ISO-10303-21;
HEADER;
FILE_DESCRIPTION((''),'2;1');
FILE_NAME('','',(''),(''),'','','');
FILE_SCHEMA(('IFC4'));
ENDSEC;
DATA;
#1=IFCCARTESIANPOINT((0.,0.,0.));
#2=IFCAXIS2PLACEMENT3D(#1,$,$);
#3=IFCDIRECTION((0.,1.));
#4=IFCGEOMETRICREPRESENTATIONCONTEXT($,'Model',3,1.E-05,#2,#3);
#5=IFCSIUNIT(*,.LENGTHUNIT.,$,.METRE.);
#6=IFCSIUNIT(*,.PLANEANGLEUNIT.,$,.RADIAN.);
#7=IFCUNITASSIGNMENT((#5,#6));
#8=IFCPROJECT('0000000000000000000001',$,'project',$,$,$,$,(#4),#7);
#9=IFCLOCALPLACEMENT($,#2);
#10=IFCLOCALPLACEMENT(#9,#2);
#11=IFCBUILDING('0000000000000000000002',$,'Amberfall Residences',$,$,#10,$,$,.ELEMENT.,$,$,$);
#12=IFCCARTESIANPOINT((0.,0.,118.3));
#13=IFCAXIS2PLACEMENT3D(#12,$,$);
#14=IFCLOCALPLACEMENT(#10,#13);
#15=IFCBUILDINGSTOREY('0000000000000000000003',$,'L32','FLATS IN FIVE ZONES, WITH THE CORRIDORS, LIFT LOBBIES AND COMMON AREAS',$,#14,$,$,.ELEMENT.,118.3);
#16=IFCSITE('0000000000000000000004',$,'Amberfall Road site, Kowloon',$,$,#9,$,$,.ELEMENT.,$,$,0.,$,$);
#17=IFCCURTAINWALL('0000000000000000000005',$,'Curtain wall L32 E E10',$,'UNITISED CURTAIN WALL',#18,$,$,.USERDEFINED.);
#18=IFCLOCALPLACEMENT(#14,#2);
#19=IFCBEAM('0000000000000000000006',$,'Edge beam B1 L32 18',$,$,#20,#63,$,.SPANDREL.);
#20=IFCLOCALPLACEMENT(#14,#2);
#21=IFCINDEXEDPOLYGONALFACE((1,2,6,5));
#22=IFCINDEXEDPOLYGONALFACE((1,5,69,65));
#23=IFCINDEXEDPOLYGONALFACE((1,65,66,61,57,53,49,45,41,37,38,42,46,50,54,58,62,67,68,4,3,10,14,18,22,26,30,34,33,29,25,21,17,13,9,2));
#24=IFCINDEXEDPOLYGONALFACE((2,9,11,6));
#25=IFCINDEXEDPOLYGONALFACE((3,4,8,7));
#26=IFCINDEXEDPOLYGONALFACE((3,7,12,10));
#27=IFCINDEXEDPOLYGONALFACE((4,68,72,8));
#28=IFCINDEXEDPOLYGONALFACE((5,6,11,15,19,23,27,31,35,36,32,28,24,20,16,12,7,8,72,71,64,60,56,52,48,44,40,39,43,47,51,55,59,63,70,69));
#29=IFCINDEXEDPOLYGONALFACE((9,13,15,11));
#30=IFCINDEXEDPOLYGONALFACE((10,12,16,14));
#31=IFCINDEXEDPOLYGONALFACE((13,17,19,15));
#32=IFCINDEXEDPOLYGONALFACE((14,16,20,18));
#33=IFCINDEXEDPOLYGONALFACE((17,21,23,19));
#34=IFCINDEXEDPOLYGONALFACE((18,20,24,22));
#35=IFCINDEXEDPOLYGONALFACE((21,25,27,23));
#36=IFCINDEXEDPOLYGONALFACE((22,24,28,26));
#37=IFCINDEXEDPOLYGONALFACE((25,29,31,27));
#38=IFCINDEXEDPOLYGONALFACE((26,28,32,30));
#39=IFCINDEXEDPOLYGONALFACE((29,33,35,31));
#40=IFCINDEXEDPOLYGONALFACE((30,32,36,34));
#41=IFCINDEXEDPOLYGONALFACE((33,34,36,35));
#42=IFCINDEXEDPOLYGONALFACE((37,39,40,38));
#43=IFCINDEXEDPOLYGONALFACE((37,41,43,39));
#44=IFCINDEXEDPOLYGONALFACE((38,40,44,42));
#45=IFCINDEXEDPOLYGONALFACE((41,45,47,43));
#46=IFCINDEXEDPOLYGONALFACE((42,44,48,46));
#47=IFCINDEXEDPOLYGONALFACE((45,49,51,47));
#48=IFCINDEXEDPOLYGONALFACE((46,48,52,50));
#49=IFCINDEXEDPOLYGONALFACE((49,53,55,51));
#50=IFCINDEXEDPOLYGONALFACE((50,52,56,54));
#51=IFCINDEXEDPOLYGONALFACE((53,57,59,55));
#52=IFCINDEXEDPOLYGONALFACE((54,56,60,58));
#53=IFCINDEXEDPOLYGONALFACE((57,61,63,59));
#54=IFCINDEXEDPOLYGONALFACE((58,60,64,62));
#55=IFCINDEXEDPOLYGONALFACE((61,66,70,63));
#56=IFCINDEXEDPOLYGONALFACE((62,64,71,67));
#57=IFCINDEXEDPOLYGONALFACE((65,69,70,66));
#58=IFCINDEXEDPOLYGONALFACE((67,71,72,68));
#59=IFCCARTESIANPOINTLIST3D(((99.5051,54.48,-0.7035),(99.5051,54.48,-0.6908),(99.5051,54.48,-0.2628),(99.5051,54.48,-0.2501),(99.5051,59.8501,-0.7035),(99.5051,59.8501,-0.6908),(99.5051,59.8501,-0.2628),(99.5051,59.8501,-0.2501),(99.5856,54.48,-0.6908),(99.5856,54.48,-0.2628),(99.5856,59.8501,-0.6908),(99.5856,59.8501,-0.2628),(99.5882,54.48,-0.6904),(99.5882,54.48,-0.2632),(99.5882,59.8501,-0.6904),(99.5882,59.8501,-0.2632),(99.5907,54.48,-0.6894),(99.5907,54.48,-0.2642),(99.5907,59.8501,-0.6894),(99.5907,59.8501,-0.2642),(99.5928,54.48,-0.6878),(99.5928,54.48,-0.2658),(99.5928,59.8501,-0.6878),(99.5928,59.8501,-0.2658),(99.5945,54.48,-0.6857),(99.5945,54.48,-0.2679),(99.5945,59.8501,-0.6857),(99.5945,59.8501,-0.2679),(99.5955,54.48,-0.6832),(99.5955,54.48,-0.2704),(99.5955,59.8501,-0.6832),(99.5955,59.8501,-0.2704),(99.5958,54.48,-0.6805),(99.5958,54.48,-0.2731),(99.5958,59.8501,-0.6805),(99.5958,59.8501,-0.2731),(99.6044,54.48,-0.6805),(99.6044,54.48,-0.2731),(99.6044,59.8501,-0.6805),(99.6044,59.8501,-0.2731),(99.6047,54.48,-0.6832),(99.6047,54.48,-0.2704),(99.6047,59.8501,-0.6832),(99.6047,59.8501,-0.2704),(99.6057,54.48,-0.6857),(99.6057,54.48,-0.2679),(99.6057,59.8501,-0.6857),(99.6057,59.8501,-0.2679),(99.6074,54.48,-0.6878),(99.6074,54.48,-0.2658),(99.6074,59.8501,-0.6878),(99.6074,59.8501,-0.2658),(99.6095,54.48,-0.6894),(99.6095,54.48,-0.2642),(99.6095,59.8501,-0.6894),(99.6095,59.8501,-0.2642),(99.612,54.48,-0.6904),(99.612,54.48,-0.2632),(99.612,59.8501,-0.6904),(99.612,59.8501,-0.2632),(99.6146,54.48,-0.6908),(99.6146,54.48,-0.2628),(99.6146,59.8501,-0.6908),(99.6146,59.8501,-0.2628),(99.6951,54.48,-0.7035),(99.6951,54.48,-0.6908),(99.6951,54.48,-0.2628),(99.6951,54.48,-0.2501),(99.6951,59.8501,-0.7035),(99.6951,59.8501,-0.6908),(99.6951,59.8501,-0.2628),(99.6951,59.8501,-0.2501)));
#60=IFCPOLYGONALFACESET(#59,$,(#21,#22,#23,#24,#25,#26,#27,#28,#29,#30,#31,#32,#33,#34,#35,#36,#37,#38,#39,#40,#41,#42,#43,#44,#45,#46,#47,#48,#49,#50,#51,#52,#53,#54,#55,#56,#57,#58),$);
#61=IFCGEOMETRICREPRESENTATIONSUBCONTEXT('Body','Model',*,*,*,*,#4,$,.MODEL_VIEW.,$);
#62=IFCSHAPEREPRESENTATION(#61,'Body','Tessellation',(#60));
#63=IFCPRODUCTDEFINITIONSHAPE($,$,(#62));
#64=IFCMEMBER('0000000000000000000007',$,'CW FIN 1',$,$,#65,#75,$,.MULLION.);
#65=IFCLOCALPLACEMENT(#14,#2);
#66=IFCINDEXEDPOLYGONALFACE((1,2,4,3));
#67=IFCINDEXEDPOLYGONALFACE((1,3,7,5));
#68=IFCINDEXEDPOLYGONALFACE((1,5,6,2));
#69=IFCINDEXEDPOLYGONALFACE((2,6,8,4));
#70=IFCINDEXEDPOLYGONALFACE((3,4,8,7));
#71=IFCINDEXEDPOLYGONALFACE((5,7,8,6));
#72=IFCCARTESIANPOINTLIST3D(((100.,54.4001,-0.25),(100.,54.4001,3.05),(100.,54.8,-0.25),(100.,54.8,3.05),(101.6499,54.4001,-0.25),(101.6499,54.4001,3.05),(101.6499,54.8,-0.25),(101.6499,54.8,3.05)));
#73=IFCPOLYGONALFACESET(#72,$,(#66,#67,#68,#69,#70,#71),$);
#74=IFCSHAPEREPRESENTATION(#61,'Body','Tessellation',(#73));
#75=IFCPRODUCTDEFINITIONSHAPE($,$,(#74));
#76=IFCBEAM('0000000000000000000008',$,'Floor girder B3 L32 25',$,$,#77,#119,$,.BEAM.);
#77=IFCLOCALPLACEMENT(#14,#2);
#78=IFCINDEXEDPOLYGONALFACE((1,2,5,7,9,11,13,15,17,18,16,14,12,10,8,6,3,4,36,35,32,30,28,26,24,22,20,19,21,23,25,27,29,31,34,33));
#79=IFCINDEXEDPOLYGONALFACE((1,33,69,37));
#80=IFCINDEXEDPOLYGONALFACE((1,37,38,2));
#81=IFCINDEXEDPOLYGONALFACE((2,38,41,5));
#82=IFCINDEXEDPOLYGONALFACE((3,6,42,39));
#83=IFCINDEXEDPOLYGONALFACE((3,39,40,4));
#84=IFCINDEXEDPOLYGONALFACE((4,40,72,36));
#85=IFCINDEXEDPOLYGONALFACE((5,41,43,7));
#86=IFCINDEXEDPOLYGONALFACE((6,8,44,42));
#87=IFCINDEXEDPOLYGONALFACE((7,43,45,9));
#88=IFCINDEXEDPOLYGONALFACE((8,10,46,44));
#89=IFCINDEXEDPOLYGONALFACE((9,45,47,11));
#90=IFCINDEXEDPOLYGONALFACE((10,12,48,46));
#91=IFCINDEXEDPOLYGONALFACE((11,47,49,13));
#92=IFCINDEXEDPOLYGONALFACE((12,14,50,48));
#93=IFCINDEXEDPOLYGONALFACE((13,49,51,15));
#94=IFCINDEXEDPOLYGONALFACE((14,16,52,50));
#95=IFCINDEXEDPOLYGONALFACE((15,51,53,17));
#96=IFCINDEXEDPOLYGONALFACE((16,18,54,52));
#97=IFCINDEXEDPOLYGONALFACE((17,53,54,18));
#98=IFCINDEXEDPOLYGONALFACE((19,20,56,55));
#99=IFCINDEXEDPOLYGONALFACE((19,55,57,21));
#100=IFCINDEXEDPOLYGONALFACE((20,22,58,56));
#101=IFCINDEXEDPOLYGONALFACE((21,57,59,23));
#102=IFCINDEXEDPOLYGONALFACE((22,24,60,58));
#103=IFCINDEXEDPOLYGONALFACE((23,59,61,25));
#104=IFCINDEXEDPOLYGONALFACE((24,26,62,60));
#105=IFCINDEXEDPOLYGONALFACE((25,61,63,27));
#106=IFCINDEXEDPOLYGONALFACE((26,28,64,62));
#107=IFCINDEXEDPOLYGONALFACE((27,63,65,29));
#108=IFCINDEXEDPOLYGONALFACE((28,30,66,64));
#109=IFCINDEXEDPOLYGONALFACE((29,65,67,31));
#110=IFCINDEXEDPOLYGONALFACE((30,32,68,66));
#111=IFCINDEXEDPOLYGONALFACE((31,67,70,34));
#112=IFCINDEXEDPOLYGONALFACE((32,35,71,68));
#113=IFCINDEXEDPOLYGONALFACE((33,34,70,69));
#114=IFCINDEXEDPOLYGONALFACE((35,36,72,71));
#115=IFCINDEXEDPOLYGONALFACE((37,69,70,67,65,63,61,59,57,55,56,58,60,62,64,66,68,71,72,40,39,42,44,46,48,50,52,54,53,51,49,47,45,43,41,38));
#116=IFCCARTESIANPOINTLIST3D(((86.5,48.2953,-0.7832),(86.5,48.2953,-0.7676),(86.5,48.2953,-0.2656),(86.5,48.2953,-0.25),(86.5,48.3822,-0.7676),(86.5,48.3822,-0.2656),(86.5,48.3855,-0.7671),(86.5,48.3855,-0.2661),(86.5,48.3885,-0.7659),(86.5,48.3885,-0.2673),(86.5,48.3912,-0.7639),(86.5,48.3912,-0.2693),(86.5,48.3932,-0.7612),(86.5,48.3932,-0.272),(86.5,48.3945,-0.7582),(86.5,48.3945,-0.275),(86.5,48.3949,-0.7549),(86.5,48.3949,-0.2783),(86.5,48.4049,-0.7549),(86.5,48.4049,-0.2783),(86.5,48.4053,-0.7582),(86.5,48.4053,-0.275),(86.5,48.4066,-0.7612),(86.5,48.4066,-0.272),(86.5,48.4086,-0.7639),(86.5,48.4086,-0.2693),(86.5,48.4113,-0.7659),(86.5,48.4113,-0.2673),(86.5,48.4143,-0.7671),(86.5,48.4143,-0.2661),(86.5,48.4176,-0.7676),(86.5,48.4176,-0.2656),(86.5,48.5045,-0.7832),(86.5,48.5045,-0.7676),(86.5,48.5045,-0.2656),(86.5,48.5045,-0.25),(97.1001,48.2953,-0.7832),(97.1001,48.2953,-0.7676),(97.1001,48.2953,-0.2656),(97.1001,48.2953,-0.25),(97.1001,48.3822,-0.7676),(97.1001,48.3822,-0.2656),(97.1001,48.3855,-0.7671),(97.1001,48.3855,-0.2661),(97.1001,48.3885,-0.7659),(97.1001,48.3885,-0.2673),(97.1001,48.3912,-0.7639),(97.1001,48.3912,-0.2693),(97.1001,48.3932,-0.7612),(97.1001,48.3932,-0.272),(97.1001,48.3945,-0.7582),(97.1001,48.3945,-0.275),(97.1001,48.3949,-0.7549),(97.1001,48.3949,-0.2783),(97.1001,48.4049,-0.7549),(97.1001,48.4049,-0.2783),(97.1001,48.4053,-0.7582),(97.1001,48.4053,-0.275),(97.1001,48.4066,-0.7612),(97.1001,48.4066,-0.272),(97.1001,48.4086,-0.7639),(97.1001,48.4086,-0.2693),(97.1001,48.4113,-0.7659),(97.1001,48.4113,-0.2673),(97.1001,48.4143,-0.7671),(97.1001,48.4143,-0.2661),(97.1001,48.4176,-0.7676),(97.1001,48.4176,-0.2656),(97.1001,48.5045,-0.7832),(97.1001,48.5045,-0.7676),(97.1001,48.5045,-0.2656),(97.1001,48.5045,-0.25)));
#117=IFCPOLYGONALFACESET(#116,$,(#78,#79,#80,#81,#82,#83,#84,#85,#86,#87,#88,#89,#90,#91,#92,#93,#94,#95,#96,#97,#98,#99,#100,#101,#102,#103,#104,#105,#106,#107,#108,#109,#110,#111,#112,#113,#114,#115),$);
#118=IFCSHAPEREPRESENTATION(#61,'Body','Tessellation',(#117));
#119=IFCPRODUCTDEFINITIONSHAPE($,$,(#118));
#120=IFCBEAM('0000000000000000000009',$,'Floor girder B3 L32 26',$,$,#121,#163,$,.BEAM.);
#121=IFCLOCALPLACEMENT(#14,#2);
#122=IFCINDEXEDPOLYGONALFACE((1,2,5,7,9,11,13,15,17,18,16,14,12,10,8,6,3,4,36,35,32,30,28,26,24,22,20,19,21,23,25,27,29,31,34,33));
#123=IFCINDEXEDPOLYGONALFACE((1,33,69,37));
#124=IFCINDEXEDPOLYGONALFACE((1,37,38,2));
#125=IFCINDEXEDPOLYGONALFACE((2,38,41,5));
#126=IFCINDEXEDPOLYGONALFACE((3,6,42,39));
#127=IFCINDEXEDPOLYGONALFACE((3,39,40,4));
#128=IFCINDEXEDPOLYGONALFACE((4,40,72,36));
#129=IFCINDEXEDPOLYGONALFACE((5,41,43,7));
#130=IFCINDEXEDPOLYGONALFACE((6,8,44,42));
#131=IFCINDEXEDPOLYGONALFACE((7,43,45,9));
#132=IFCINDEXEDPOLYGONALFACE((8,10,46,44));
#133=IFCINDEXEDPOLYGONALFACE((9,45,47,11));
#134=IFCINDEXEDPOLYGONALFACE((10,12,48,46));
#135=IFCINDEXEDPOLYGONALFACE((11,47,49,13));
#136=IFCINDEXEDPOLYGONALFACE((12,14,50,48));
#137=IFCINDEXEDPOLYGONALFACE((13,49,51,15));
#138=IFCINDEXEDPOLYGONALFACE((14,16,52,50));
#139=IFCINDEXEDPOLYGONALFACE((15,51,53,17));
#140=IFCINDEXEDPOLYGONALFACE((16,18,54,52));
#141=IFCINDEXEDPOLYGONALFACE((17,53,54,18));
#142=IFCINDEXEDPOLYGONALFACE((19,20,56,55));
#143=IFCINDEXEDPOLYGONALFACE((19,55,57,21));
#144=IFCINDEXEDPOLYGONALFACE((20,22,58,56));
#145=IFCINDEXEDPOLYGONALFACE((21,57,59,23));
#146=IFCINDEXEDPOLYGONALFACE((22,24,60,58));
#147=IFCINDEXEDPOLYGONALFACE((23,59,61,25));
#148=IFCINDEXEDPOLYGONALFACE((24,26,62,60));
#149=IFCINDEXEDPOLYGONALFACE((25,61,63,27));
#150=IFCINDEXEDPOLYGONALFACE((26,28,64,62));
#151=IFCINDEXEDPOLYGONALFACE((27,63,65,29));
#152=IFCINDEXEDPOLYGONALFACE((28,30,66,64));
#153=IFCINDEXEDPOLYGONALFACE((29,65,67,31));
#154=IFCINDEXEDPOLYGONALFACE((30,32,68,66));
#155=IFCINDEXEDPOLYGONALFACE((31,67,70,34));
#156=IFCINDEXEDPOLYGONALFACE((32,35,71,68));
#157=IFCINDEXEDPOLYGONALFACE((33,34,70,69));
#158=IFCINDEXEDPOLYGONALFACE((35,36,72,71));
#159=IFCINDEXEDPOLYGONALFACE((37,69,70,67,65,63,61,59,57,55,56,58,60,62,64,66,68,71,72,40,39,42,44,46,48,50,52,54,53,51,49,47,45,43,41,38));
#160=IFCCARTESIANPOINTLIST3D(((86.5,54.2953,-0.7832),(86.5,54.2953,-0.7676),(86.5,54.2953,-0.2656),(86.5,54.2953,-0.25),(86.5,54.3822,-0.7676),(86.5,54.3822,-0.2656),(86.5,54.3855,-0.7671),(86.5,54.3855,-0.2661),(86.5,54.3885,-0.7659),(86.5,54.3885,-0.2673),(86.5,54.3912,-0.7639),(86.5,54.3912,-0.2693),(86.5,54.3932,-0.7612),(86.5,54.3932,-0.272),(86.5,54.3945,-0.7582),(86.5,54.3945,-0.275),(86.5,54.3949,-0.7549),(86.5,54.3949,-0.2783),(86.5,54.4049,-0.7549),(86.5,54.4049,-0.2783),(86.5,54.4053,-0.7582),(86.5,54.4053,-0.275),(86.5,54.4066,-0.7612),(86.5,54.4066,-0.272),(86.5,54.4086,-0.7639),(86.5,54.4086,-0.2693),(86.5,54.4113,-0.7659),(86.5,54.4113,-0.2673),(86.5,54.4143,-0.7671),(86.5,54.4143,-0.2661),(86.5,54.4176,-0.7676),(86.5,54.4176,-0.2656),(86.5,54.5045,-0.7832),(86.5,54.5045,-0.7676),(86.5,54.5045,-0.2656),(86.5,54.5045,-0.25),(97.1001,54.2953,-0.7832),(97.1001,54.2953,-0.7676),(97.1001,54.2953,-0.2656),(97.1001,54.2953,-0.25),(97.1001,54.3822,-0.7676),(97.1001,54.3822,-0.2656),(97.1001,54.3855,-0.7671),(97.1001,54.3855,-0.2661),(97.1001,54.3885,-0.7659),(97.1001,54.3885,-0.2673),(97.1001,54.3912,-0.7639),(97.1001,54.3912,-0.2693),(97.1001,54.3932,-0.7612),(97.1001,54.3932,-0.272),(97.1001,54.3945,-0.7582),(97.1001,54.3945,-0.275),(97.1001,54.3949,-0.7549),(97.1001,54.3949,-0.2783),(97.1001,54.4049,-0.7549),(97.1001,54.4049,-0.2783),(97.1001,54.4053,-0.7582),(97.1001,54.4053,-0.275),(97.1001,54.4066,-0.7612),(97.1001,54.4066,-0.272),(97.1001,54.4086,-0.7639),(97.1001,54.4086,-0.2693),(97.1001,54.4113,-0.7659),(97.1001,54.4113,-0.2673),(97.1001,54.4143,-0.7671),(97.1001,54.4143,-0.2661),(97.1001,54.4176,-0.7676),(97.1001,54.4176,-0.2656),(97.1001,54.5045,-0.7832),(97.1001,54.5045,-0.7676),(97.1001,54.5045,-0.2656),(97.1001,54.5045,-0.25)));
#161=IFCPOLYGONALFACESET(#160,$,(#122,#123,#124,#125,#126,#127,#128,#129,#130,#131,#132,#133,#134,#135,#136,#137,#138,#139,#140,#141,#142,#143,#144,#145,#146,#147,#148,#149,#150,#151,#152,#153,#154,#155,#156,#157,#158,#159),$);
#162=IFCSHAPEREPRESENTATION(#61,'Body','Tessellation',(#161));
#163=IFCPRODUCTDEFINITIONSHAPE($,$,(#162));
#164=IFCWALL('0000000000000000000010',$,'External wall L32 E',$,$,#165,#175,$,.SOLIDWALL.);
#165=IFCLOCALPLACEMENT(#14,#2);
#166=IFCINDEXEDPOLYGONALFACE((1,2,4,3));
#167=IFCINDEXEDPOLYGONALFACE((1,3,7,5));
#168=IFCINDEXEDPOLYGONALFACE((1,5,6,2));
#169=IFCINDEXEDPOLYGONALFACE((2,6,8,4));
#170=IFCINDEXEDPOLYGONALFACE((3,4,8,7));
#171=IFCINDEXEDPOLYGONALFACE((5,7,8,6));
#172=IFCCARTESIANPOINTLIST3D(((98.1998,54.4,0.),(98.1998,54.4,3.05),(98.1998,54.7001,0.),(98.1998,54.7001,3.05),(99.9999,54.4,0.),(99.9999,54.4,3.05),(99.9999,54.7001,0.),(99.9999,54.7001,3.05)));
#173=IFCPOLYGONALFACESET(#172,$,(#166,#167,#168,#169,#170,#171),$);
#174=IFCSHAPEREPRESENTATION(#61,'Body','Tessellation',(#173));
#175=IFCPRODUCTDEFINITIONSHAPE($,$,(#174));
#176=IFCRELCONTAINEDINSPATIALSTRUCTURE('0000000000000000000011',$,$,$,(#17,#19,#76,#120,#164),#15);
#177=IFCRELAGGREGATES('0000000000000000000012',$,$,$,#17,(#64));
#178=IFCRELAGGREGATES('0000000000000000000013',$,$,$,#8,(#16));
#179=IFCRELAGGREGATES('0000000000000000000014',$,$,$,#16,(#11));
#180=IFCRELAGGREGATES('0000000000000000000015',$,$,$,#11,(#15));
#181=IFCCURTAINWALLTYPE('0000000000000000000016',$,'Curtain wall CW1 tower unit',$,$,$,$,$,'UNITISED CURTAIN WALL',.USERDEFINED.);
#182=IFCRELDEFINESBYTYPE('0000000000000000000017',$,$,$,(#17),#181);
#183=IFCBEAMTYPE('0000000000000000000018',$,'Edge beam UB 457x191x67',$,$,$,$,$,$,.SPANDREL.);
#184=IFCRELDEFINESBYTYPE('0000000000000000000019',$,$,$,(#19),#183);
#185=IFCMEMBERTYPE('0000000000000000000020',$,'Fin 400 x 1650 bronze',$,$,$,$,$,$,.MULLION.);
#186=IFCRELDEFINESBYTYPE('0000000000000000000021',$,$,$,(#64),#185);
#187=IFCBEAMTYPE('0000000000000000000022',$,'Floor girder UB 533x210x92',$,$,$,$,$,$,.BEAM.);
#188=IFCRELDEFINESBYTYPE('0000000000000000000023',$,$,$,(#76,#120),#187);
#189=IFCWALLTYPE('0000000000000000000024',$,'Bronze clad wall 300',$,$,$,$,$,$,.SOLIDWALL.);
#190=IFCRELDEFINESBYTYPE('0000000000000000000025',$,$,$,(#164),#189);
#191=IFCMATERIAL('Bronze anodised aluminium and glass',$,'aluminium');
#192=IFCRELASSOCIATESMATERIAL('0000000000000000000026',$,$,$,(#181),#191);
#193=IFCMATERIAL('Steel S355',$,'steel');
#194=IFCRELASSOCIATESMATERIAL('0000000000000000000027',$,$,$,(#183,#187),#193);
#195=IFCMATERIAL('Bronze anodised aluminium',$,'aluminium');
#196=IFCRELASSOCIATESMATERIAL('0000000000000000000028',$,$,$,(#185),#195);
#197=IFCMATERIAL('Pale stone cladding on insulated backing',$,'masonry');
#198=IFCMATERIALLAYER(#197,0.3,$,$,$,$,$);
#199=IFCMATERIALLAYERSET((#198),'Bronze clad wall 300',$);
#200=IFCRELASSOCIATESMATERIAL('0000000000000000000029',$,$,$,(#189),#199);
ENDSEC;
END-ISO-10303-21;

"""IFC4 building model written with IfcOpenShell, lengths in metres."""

from ifc_helpers import new_model, si_unit, direction, frame, frame_2d, origin, origin_2d, place, context, subcontext, project, spatial, rectangle, i_section, extrude, material, layer, layer_set, material_profile, profile_set, type_object, element, aggregate, save


model = new_model("IFC4")

# Units and contexts
model_context = context("Model", 3, precision=1e-05, world=origin(), true_north=direction((0.0, 1.0)))
body_context = subcontext(model_context, "Body", "Model", "MODEL_VIEW")
ifc_project = project(units=[si_unit("LENGTHUNIT", "METRE"), si_unit("PLANEANGLEUNIT", "RADIAN")], contexts=[model_context])

# Site, building, storey
site_placement = place(None, origin())
site = spatial("IfcSite", under=ifc_project, at=site_placement, Name="Amberfall Road site, Kowloon", CompositionType="ELEMENT", RefElevation=0.0)
building_placement = place(site_placement, origin())
building = spatial("IfcBuilding", under=site, at=building_placement, Name="Amberfall Residences", CompositionType="ELEMENT")
storey_placement = place(building_placement, frame((0.0, 0.0, 118.3)))
storey = spatial("IfcBuildingStorey", under=building, at=storey_placement, Name="L32", Description="FLATS IN FIVE ZONES, WITH THE CORRIDORS, LIFT LOBBIES AND COMMON AREAS", CompositionType="ELEMENT", Elevation=118.3)

# Curtain wall
ifc_material_1 = material(Name="Bronze anodised aluminium and glass", Category="aluminium")
curtain_wall_type = type_object("IfcCurtainWallType", Name="Curtain wall CW1 tower unit", ElementType="UNITISED CURTAIN WALL", PredefinedType="USERDEFINED", material=ifc_material_1)
curtain_wall_placement = place(storey_placement, origin())
curtain_wall = element("IfcCurtainWall", 1, at=curtain_wall_placement, inside=storey, type_object=curtain_wall_type, Name="Curtain wall L32 E E10", ObjectType="UNITISED CURTAIN WALL", PredefinedType="USERDEFINED")
ifc_material_2 = material(Name="Bronze anodised aluminium", Category="aluminium")

# Beam
ifc_material_3 = material(Name="Steel S355", Category="steel")
ifc_material_profile_1 = material_profile(ifc_material_3, i_section(OverallWidth=0.1899, OverallDepth=0.4534, WebThickness=0.0085, FlangeThickness=0.0127, FilletRadius=0.0103, at=origin_2d()), Name="UB 457x191x67")
ifc_profile_set_1 = profile_set([ifc_material_profile_1], Name="Steel S355")
beam_type_1 = type_object("IfcBeamType", Name="Edge beam UB 457x191x67", PredefinedType="SPANDREL", material=ifc_profile_set_1)
beam_1_placement = place(storey_placement, frame((99.6001, 54.48, -0.4768), z_axis=(0.0, 1.0, 0.0), x_axis=(-1.0, 0.0, 0.0)))
element("IfcBeam", 2, at=beam_1_placement, inside=storey, type_object=beam_type_1, Name="Edge beam B1 L32 18", PredefinedType="SPANDREL", context=body_context, shape_type="SweptSolid", body=[
    extrude(i_section(OverallWidth=0.1899, OverallDepth=0.4534, WebThickness=0.0085, FlangeThickness=0.0127, FilletRadius=0.0103, at=origin_2d()), origin(), (0.0, 0.0, 1.0), 5.3701),
])

# Member
ifc_material_profile_2 = material_profile(ifc_material_2, rectangle(XDim=1.6499, YDim=0.3999, at=origin_2d()), Name="Fin 400 x 1650 bronze")
ifc_profile_set_2 = profile_set([ifc_material_profile_2], Name="Bronze anodised aluminium")
member_type_1 = type_object("IfcMemberType", Name="Fin 400 x 1650 bronze", PredefinedType="MULLION", material=ifc_profile_set_2)
member_1_placement = place(storey_placement, frame((100.825, 54.6001, -0.25), z_axis=(0.0, 0.0, 1.0), x_axis=(-1.0, 0.0, 0.0)))
member_1 = element("IfcMember", 3, at=member_1_placement, type_object=member_type_1, Name="CW FIN 1", PredefinedType="MULLION", context=body_context, shape_type="SweptSolid", body=[
    extrude(rectangle(XDim=1.6499, YDim=0.3999, at=origin_2d()), origin(), (0.0, 0.0, 1.0), 3.3),
])
aggregate(curtain_wall, [member_1])

# Beams
ifc_material_profile_3 = material_profile(ifc_material_3, i_section(OverallWidth=0.2092, OverallDepth=0.5332, WebThickness=0.01, FlangeThickness=0.0156, FilletRadius=0.0127, at=origin_2d()), Name="UB 533x210x92")
ifc_profile_set_3 = profile_set([ifc_material_profile_3], Name="Steel S355")
beam_type_2 = type_object("IfcBeamType", Name="Floor girder UB 533x210x92", PredefinedType="BEAM", material=ifc_profile_set_3)
for number, where, z_axis, x_axis, name in (
    (4, (97.1001, 48.3999, -0.5166), (-1.0, 0.0, 0.0), (0.0, -1.0, 0.0), "Floor girder B3 L32 25"),
    (5, (97.1001, 54.3999, -0.5166), (-1.0, 0.0, 0.0), (0.0, -1.0, 0.0), "Floor girder B3 L32 26"),
):
    element("IfcBeam", number, at=place(storey_placement, frame(where, z_axis=z_axis, x_axis=x_axis)), inside=storey, type_object=beam_type_2, Name=name, PredefinedType="BEAM", context=body_context, shape_type="SweptSolid", body=[
        extrude(i_section(OverallWidth=0.2092, OverallDepth=0.5332, WebThickness=0.01, FlangeThickness=0.0156, FilletRadius=0.0127, at=origin_2d()), origin(), (0.0, 0.0, 1.0), 10.6001),
    ])

# Wall
ifc_material_4 = material(Name="Pale stone cladding on insulated backing", Category="masonry")
ifc_layer_1 = layer(ifc_material_4, 0.3)
ifc_layer_set_1 = layer_set([ifc_layer_1], Name="Bronze clad wall 300")
wall_type_1 = type_object("IfcWallType", Name="Bronze clad wall 300", PredefinedType="SOLIDWALL", material=ifc_layer_set_1)
wall_1_placement = place(storey_placement, frame((98.2, 54.55, 0.0), z_axis=(0.0, 0.0, 1.0), x_axis=(1.0, 0.0, 0.0)))
element("IfcWall", 6, at=wall_1_placement, inside=storey, type_object=wall_type_1, Name="External wall L32 E", PredefinedType="SOLIDWALL", context=body_context, shape_type="SweptSolid", body=[
    extrude(rectangle(XDim=1.8, YDim=0.3, at=frame_2d((0.8999, 0.0))), origin(), (0.0, 0.0, 1.0), 3.05),
])

save(model, "model.ifc")
